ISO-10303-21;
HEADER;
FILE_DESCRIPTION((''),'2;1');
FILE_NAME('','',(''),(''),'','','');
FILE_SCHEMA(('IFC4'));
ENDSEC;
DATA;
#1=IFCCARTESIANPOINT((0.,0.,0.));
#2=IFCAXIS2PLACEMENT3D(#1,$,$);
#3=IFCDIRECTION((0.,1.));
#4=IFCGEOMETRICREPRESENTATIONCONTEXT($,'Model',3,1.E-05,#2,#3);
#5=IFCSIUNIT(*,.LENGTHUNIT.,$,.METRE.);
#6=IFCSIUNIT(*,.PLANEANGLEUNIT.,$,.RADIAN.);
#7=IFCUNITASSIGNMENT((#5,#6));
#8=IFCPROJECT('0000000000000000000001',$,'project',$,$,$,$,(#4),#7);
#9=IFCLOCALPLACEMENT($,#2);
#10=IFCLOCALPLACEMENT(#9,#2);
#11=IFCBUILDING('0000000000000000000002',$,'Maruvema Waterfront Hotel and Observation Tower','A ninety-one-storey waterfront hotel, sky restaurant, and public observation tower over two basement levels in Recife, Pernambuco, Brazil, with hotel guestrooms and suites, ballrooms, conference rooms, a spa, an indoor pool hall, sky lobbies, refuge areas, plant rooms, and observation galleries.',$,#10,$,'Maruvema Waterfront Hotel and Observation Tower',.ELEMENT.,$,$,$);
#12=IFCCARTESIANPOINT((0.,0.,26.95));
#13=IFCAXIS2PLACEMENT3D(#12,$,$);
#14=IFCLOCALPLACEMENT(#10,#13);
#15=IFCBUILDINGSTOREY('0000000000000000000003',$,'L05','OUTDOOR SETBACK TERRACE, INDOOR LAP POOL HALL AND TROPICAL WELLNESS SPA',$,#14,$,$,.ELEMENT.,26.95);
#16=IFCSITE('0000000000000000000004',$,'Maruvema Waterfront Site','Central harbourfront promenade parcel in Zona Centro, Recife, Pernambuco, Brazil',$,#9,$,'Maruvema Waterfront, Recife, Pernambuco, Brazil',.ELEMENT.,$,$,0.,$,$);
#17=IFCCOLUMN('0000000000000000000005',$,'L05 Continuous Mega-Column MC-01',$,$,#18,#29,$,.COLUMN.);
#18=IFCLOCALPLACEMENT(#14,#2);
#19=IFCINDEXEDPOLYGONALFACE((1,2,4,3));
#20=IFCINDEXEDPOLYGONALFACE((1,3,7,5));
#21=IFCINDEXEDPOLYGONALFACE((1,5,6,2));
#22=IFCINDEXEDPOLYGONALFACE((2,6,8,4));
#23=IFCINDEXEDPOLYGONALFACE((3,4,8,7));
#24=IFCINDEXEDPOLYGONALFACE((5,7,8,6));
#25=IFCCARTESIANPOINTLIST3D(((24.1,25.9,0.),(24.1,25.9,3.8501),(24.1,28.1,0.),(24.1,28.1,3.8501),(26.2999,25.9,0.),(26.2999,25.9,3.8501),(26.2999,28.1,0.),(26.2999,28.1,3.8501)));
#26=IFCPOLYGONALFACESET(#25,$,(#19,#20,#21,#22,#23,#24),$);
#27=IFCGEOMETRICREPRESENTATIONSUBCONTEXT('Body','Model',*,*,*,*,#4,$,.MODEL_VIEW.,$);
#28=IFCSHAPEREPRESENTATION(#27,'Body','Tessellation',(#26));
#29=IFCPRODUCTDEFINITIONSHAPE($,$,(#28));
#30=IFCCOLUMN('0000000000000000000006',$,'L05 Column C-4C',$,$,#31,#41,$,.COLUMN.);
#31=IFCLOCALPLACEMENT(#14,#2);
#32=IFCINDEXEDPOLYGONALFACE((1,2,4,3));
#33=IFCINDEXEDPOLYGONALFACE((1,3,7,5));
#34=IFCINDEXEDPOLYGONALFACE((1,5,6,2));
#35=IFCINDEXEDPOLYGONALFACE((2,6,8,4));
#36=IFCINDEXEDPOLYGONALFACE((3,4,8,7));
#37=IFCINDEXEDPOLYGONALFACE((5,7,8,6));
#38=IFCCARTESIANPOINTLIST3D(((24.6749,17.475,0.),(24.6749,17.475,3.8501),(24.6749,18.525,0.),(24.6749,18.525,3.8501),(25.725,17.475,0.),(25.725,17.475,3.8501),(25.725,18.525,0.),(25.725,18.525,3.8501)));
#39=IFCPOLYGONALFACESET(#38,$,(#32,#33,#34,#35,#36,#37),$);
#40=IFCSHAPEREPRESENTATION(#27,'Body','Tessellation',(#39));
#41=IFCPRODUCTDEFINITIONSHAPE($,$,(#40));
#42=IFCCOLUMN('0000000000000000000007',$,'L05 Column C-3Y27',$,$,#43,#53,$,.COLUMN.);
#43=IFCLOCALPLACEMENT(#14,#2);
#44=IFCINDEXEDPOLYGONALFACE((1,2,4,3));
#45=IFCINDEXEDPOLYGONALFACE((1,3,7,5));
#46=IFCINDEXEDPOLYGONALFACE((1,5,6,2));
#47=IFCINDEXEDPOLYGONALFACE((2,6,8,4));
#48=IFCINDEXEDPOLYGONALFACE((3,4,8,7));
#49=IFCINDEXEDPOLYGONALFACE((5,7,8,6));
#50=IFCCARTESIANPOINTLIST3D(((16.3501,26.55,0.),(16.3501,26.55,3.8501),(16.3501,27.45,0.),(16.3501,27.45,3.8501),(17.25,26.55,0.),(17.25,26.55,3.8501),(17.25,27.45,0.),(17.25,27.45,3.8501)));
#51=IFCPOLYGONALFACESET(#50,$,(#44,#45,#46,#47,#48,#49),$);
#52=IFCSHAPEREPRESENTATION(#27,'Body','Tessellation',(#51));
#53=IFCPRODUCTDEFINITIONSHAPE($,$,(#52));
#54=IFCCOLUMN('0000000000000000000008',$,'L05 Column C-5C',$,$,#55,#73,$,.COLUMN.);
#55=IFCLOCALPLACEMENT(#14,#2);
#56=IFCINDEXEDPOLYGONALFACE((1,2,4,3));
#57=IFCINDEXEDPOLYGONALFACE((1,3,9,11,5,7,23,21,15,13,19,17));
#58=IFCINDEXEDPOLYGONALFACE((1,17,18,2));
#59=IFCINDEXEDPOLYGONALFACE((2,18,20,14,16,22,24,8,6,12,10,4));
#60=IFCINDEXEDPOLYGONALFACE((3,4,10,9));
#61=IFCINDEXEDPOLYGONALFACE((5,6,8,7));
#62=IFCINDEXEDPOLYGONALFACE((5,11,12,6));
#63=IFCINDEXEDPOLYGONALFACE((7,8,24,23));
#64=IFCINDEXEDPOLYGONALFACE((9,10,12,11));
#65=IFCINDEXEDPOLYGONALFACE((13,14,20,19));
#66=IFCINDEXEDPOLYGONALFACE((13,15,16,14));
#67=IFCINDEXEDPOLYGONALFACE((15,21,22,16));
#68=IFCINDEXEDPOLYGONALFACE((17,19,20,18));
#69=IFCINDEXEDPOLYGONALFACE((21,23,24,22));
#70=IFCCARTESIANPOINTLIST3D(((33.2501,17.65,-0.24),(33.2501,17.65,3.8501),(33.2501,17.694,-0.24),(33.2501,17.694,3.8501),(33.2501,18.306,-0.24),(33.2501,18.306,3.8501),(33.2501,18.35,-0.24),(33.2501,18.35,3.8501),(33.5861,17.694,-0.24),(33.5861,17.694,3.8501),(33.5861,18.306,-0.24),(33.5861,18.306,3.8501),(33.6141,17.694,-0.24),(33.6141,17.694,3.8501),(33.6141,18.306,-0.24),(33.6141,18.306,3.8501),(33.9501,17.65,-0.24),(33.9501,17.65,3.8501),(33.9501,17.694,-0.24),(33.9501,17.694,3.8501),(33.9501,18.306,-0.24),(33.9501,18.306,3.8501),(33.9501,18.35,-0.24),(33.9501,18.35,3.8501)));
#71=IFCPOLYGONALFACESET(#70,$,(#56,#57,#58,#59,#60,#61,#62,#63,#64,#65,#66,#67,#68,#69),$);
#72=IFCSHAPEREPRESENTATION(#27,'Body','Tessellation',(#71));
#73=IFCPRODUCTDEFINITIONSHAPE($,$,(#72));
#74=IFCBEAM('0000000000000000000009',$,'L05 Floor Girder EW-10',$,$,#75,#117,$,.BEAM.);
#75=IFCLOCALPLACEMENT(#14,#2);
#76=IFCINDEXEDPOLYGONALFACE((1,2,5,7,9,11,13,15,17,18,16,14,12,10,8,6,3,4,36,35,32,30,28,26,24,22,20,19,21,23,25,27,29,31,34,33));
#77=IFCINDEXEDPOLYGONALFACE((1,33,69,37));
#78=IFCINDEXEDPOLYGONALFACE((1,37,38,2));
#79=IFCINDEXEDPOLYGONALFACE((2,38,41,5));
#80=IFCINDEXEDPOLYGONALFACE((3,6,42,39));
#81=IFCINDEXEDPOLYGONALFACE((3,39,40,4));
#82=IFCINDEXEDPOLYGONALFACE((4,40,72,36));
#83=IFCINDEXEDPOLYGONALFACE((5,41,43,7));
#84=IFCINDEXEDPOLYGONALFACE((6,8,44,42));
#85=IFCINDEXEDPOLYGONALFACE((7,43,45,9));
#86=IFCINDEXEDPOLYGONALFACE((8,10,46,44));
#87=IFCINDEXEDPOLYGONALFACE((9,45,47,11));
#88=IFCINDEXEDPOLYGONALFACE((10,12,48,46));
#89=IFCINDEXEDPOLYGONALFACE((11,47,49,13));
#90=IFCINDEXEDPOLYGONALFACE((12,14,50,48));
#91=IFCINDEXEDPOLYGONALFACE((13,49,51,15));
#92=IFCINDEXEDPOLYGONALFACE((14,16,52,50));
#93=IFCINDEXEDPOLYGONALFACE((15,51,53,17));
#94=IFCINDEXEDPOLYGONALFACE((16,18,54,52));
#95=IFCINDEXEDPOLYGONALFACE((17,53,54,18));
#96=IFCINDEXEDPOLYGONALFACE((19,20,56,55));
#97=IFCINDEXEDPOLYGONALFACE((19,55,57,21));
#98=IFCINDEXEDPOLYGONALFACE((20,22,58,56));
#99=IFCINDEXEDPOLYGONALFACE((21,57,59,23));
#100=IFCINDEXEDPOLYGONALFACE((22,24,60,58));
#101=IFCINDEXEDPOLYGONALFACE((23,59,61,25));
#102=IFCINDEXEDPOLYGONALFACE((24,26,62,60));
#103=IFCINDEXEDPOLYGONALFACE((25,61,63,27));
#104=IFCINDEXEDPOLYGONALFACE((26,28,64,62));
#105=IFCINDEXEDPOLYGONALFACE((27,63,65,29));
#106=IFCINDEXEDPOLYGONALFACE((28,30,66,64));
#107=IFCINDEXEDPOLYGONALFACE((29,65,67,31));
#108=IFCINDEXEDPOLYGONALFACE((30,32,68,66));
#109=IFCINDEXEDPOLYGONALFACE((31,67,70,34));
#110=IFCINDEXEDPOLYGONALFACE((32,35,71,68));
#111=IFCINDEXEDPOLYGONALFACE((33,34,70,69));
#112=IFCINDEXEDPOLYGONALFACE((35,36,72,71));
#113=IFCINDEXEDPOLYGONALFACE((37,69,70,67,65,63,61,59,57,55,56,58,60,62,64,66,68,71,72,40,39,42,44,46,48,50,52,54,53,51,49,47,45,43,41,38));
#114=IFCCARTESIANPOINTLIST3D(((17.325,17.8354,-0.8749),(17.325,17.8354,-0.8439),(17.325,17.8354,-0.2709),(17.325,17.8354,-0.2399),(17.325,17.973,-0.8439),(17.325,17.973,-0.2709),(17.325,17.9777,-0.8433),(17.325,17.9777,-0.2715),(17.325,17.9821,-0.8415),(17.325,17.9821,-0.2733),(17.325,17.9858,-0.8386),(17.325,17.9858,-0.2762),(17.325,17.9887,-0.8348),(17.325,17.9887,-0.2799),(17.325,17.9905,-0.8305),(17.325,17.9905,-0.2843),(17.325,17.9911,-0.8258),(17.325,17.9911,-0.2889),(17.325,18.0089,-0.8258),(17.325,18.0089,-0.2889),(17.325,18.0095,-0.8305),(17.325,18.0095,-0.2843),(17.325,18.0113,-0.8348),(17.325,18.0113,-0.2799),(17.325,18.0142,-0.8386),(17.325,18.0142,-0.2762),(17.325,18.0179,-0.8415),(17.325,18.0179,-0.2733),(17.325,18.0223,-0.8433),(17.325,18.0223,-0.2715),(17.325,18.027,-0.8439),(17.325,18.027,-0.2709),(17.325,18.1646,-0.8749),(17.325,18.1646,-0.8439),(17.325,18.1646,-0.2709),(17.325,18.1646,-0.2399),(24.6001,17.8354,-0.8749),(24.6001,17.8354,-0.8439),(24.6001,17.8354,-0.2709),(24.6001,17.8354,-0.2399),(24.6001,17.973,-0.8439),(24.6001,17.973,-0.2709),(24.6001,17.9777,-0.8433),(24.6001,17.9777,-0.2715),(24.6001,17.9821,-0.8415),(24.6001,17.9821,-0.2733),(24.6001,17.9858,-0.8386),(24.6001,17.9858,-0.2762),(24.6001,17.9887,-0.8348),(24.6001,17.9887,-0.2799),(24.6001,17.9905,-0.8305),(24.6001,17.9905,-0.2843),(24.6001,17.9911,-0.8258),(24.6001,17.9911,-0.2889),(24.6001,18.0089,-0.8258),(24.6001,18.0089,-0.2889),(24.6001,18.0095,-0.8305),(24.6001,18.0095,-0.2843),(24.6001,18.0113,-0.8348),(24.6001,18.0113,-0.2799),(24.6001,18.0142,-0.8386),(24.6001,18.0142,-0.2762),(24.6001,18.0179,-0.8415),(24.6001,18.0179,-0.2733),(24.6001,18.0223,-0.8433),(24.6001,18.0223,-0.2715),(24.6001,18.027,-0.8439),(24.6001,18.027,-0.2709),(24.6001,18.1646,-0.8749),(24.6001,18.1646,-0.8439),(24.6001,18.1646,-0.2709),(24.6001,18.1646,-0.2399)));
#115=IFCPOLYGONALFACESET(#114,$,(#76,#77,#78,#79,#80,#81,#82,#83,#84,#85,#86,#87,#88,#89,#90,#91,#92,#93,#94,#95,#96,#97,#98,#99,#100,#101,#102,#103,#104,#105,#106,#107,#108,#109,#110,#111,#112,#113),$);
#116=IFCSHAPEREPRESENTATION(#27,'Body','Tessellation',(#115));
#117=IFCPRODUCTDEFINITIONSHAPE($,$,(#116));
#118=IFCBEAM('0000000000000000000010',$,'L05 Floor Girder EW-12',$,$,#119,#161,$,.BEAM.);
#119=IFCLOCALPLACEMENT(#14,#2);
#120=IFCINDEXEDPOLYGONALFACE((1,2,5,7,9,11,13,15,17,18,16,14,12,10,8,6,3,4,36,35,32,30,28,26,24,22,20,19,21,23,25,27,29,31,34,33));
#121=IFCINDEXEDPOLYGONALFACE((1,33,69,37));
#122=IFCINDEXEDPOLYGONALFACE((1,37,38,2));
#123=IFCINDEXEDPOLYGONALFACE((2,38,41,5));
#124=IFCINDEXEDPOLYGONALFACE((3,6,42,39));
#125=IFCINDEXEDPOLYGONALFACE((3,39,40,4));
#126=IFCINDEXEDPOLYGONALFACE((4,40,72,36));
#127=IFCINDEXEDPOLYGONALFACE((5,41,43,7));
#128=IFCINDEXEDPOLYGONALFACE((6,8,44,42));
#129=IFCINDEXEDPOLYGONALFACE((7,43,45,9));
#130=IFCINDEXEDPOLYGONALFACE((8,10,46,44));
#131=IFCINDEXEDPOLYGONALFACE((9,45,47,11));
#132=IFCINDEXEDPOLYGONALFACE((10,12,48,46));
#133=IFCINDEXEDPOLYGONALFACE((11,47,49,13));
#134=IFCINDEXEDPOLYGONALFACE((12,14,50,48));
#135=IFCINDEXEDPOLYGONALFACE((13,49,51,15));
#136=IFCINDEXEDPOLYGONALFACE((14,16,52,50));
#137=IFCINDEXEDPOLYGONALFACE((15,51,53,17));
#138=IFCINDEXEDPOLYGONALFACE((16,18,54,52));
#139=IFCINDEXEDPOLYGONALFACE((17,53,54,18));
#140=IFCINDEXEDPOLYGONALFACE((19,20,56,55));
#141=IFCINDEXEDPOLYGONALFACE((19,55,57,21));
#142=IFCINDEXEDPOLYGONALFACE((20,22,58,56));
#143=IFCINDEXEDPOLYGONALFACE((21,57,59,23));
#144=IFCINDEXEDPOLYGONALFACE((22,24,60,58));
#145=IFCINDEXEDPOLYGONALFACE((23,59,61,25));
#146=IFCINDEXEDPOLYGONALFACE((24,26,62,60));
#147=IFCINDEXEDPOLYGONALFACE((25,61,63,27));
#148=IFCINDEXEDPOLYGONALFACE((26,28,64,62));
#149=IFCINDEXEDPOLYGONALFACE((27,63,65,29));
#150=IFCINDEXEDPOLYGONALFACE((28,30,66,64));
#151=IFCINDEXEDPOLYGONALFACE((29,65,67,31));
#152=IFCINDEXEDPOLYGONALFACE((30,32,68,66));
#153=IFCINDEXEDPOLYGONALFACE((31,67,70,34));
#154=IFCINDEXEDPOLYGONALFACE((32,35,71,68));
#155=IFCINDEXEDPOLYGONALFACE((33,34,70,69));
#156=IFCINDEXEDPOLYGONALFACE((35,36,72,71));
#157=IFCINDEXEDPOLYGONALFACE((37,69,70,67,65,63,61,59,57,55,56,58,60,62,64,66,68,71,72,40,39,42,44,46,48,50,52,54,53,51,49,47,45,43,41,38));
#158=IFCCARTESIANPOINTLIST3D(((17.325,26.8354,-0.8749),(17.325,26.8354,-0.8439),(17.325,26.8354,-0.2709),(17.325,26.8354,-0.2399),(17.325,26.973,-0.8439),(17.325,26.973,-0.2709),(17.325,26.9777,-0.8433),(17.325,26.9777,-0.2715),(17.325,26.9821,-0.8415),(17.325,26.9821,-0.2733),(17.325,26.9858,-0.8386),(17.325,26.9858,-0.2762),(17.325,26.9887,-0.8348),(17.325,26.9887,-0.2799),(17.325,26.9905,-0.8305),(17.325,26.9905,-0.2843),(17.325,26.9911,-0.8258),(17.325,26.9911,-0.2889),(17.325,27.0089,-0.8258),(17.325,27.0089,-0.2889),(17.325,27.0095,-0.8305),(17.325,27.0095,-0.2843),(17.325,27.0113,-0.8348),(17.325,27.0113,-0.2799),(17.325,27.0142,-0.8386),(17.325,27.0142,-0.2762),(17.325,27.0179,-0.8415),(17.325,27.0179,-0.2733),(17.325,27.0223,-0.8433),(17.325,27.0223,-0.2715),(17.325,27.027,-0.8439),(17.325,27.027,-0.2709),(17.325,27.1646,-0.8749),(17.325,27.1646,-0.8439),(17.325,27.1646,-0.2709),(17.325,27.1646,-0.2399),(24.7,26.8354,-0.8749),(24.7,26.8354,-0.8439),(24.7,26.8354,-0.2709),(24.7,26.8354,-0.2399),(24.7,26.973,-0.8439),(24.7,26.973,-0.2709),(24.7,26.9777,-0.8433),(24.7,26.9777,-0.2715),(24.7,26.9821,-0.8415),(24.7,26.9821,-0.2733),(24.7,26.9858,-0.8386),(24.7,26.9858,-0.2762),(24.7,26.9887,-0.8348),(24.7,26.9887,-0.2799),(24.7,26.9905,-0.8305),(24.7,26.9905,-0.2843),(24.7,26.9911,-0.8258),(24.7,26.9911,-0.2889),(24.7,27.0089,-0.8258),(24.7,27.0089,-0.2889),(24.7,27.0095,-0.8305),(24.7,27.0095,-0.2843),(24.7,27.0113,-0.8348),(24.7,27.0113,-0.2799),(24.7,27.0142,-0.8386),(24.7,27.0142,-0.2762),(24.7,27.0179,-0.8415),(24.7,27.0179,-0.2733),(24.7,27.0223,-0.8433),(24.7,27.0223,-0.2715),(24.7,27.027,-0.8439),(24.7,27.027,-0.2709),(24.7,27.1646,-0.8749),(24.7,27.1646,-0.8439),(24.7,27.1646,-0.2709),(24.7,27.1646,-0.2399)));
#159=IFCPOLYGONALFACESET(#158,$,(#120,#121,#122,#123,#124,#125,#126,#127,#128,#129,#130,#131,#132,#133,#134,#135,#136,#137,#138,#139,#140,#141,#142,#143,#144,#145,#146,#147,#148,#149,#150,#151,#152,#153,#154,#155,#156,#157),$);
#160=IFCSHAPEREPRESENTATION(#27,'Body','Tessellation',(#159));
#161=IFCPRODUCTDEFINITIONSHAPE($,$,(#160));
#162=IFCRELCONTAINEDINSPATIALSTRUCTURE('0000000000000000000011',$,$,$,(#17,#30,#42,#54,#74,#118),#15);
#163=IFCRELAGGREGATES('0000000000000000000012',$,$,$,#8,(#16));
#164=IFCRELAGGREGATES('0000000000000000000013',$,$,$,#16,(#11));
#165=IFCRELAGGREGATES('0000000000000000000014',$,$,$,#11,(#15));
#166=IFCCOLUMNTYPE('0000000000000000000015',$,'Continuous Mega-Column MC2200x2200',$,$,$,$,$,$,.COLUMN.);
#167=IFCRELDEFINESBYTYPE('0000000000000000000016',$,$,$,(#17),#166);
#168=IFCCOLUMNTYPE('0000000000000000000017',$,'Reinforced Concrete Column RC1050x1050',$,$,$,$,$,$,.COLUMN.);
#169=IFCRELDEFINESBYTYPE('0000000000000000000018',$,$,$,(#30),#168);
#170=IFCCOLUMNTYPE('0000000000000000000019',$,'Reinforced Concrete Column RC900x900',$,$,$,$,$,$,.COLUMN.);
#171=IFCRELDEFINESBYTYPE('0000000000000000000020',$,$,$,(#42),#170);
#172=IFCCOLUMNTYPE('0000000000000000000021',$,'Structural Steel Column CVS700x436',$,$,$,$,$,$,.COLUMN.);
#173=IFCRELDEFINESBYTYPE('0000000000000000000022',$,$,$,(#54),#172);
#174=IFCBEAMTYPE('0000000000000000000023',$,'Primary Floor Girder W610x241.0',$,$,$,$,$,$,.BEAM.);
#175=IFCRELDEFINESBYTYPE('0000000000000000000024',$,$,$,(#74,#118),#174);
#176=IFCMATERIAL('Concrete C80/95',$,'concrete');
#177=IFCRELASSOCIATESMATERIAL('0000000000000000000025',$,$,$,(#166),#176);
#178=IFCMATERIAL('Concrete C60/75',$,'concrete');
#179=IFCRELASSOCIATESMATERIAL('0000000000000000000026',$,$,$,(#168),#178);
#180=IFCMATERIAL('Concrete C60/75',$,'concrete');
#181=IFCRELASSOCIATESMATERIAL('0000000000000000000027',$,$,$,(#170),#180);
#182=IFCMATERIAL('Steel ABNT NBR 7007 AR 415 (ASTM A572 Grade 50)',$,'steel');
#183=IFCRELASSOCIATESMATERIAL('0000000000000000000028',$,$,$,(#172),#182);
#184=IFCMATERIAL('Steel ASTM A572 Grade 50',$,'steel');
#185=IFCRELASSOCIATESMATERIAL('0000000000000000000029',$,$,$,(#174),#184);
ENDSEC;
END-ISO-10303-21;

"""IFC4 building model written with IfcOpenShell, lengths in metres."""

from ifc_helpers import new_model, si_unit, direction, frame, origin, origin_2d, place, context, subcontext, project, spatial, rectangle, i_section, extrude, material, material_profile, profile_set, type_object, element, save


model = new_model("IFC4")

# Units and contexts
model_context = context("Model", 3, precision=1e-05, world=origin(), true_north=direction((0.0, 1.0)))
body_context = subcontext(model_context, "Body", "Model", "MODEL_VIEW")
ifc_project = project(units=[si_unit("LENGTHUNIT", "METRE"), si_unit("PLANEANGLEUNIT", "RADIAN")], contexts=[model_context])

# Site, building, storey
site_placement = place(None, origin())
site = spatial("IfcSite", under=ifc_project, at=site_placement, Name="Maruvema Waterfront Site", Description="Central harbourfront promenade parcel in Zona Centro, Recife, Pernambuco, Brazil", LongName="Maruvema Waterfront, Recife, Pernambuco, Brazil", CompositionType="ELEMENT", RefElevation=0.0)
building_placement = place(site_placement, origin())
building = spatial("IfcBuilding", under=site, at=building_placement, Name="Maruvema Waterfront Hotel and Observation Tower", Description="A ninety-one-storey waterfront hotel, sky restaurant, and public observation tower over two basement levels in Recife, Pernambuco, Brazil, with hotel guestrooms and suites, ballrooms, conference rooms, a spa, an indoor pool hall, sky lobbies, refuge areas, plant rooms, and observation galleries.", LongName="Maruvema Waterfront Hotel and Observation Tower", CompositionType="ELEMENT")
storey_placement = place(building_placement, frame((0.0, 0.0, 26.95)))
storey = spatial("IfcBuildingStorey", under=building, at=storey_placement, Name="L05", Description="OUTDOOR SETBACK TERRACE, INDOOR LAP POOL HALL AND TROPICAL WELLNESS SPA", CompositionType="ELEMENT", Elevation=26.95)

# Columns
ifc_material_1 = material(Name="Concrete C80/95", Category="concrete")
ifc_material_profile_1 = material_profile(ifc_material_1, rectangle(XDim=2.2, YDim=2.2, at=origin_2d()), Name="MC2200x2200")
ifc_profile_set_1 = profile_set([ifc_material_profile_1], Name="Concrete C80/95")
column_type_1 = type_object("IfcColumnType", Name="Continuous Mega-Column MC2200x2200", PredefinedType="COLUMN", material=ifc_profile_set_1)
column_1_placement = place(storey_placement, frame((25.2, 27.0, 0.0), z_axis=(0.0, 0.0, 1.0), x_axis=(1.0, 0.0, 0.0)))
element("IfcColumn", 1, at=column_1_placement, inside=storey, type_object=column_type_1, Name="L05 Continuous Mega-Column MC-01", PredefinedType="COLUMN", context=body_context, shape_type="SweptSolid", body=[
    extrude(rectangle(XDim=2.2, YDim=2.2, at=origin_2d()), origin(), (0.0, 0.0, 1.0), 3.8501),
])
ifc_material_2 = material(Name="Concrete C60/75", Category="concrete")
ifc_material_profile_2 = material_profile(ifc_material_2, rectangle(XDim=1.05, YDim=1.05, at=origin_2d()), Name="RC1050x1050")
ifc_profile_set_2 = profile_set([ifc_material_profile_2], Name="Concrete C60/75")
column_type_2 = type_object("IfcColumnType", Name="Reinforced Concrete Column RC1050x1050", PredefinedType="COLUMN", material=ifc_profile_set_2)
column_2_placement = place(storey_placement, frame((25.2, 18.0, 0.0), z_axis=(0.0, 0.0, 1.0), x_axis=(1.0, 0.0, 0.0)))
element("IfcColumn", 2, at=column_2_placement, inside=storey, type_object=column_type_2, Name="L05 Column C-4C", PredefinedType="COLUMN", context=body_context, shape_type="SweptSolid", body=[
    extrude(rectangle(XDim=1.05, YDim=1.05, at=origin_2d()), origin(), (0.0, 0.0, 1.0), 3.8501),
])
ifc_material_3 = material(Name="Concrete C60/75", Category="concrete")
ifc_material_profile_3 = material_profile(ifc_material_3, rectangle(XDim=0.8999, YDim=0.8999, at=origin_2d()), Name="RC900x900")
ifc_profile_set_3 = profile_set([ifc_material_profile_3], Name="Concrete C60/75")
column_type_3 = type_object("IfcColumnType", Name="Reinforced Concrete Column RC900x900", PredefinedType="COLUMN", material=ifc_profile_set_3)
column_3_placement = place(storey_placement, frame((16.8, 27.0, 0.0), z_axis=(0.0, 0.0, 1.0), x_axis=(1.0, 0.0, 0.0)))
element("IfcColumn", 3, at=column_3_placement, inside=storey, type_object=column_type_3, Name="L05 Column C-3Y27", PredefinedType="COLUMN", context=body_context, shape_type="SweptSolid", body=[
    extrude(rectangle(XDim=0.8999, YDim=0.8999, at=origin_2d()), origin(), (0.0, 0.0, 1.0), 3.8501),
])
ifc_material_4 = material(Name="Steel ABNT NBR 7007 AR 415 (ASTM A572 Grade 50)", Category="steel")
ifc_material_profile_4 = material_profile(ifc_material_4, i_section(OverallWidth=0.7, OverallDepth=0.7, WebThickness=0.0281, FlangeThickness=0.0439, at=origin_2d()), Name="CVS700x436")
ifc_profile_set_4 = profile_set([ifc_material_profile_4], Name="Steel ABNT NBR 7007 AR 415 (ASTM A572 Grade 50)")
column_type_4 = type_object("IfcColumnType", Name="Structural Steel Column CVS700x436", PredefinedType="COLUMN", material=ifc_profile_set_4)
column_4_placement = place(storey_placement, frame((33.6001, 18.0, -0.24), z_axis=(0.0, 0.0, 1.0), x_axis=(1.0, 0.0, 0.0)))
element("IfcColumn", 4, at=column_4_placement, inside=storey, type_object=column_type_4, Name="L05 Column C-5C", PredefinedType="COLUMN", context=body_context, shape_type="SweptSolid", body=[
    extrude(i_section(OverallWidth=0.7, OverallDepth=0.7, WebThickness=0.0281, FlangeThickness=0.0439, at=origin_2d()), origin(), (0.0, 0.0, 1.0), 4.0901),
])

# Beams
ifc_material_5 = material(Name="Steel ASTM A572 Grade 50", Category="steel")
ifc_material_profile_5 = material_profile(ifc_material_5, i_section(OverallWidth=0.3291, OverallDepth=0.635, WebThickness=0.0178, FlangeThickness=0.031, FilletRadius=0.0181, at=origin_2d()), Name="W610x241.0")
ifc_profile_set_5 = profile_set([ifc_material_profile_5], Name="Steel ASTM A572 Grade 50")
beam_type_1 = type_object("IfcBeamType", Name="Primary Floor Girder W610x241.0", PredefinedType="BEAM", material=ifc_profile_set_5)
beam_1_placement = place(storey_placement, frame((17.325, 18.0, -0.5574), z_axis=(1.0, 0.0, 0.0), x_axis=(0.0, 1.0, 0.0)))
element("IfcBeam", 5, at=beam_1_placement, inside=storey, type_object=beam_type_1, Name="L05 Floor Girder EW-10", PredefinedType="BEAM", context=body_context, shape_type="SweptSolid", body=[
    extrude(i_section(OverallWidth=0.3291, OverallDepth=0.635, WebThickness=0.0178, FlangeThickness=0.031, FilletRadius=0.0181, at=origin_2d()), origin(), (0.0, 0.0, 1.0), 7.2751),
])
beam_2_placement = place(storey_placement, frame((17.325, 27.0, -0.5574), z_axis=(1.0, 0.0, 0.0), x_axis=(0.0, 1.0, 0.0)))
element("IfcBeam", 6, at=beam_2_placement, inside=storey, type_object=beam_type_1, Name="L05 Floor Girder EW-12", PredefinedType="BEAM", context=body_context, shape_type="SweptSolid", body=[
    extrude(i_section(OverallWidth=0.3291, OverallDepth=0.635, WebThickness=0.0178, FlangeThickness=0.031, FilletRadius=0.0181, at=origin_2d()), origin(), (0.0, 0.0, 1.0), 7.375),
])

save(model, "model.ifc")
